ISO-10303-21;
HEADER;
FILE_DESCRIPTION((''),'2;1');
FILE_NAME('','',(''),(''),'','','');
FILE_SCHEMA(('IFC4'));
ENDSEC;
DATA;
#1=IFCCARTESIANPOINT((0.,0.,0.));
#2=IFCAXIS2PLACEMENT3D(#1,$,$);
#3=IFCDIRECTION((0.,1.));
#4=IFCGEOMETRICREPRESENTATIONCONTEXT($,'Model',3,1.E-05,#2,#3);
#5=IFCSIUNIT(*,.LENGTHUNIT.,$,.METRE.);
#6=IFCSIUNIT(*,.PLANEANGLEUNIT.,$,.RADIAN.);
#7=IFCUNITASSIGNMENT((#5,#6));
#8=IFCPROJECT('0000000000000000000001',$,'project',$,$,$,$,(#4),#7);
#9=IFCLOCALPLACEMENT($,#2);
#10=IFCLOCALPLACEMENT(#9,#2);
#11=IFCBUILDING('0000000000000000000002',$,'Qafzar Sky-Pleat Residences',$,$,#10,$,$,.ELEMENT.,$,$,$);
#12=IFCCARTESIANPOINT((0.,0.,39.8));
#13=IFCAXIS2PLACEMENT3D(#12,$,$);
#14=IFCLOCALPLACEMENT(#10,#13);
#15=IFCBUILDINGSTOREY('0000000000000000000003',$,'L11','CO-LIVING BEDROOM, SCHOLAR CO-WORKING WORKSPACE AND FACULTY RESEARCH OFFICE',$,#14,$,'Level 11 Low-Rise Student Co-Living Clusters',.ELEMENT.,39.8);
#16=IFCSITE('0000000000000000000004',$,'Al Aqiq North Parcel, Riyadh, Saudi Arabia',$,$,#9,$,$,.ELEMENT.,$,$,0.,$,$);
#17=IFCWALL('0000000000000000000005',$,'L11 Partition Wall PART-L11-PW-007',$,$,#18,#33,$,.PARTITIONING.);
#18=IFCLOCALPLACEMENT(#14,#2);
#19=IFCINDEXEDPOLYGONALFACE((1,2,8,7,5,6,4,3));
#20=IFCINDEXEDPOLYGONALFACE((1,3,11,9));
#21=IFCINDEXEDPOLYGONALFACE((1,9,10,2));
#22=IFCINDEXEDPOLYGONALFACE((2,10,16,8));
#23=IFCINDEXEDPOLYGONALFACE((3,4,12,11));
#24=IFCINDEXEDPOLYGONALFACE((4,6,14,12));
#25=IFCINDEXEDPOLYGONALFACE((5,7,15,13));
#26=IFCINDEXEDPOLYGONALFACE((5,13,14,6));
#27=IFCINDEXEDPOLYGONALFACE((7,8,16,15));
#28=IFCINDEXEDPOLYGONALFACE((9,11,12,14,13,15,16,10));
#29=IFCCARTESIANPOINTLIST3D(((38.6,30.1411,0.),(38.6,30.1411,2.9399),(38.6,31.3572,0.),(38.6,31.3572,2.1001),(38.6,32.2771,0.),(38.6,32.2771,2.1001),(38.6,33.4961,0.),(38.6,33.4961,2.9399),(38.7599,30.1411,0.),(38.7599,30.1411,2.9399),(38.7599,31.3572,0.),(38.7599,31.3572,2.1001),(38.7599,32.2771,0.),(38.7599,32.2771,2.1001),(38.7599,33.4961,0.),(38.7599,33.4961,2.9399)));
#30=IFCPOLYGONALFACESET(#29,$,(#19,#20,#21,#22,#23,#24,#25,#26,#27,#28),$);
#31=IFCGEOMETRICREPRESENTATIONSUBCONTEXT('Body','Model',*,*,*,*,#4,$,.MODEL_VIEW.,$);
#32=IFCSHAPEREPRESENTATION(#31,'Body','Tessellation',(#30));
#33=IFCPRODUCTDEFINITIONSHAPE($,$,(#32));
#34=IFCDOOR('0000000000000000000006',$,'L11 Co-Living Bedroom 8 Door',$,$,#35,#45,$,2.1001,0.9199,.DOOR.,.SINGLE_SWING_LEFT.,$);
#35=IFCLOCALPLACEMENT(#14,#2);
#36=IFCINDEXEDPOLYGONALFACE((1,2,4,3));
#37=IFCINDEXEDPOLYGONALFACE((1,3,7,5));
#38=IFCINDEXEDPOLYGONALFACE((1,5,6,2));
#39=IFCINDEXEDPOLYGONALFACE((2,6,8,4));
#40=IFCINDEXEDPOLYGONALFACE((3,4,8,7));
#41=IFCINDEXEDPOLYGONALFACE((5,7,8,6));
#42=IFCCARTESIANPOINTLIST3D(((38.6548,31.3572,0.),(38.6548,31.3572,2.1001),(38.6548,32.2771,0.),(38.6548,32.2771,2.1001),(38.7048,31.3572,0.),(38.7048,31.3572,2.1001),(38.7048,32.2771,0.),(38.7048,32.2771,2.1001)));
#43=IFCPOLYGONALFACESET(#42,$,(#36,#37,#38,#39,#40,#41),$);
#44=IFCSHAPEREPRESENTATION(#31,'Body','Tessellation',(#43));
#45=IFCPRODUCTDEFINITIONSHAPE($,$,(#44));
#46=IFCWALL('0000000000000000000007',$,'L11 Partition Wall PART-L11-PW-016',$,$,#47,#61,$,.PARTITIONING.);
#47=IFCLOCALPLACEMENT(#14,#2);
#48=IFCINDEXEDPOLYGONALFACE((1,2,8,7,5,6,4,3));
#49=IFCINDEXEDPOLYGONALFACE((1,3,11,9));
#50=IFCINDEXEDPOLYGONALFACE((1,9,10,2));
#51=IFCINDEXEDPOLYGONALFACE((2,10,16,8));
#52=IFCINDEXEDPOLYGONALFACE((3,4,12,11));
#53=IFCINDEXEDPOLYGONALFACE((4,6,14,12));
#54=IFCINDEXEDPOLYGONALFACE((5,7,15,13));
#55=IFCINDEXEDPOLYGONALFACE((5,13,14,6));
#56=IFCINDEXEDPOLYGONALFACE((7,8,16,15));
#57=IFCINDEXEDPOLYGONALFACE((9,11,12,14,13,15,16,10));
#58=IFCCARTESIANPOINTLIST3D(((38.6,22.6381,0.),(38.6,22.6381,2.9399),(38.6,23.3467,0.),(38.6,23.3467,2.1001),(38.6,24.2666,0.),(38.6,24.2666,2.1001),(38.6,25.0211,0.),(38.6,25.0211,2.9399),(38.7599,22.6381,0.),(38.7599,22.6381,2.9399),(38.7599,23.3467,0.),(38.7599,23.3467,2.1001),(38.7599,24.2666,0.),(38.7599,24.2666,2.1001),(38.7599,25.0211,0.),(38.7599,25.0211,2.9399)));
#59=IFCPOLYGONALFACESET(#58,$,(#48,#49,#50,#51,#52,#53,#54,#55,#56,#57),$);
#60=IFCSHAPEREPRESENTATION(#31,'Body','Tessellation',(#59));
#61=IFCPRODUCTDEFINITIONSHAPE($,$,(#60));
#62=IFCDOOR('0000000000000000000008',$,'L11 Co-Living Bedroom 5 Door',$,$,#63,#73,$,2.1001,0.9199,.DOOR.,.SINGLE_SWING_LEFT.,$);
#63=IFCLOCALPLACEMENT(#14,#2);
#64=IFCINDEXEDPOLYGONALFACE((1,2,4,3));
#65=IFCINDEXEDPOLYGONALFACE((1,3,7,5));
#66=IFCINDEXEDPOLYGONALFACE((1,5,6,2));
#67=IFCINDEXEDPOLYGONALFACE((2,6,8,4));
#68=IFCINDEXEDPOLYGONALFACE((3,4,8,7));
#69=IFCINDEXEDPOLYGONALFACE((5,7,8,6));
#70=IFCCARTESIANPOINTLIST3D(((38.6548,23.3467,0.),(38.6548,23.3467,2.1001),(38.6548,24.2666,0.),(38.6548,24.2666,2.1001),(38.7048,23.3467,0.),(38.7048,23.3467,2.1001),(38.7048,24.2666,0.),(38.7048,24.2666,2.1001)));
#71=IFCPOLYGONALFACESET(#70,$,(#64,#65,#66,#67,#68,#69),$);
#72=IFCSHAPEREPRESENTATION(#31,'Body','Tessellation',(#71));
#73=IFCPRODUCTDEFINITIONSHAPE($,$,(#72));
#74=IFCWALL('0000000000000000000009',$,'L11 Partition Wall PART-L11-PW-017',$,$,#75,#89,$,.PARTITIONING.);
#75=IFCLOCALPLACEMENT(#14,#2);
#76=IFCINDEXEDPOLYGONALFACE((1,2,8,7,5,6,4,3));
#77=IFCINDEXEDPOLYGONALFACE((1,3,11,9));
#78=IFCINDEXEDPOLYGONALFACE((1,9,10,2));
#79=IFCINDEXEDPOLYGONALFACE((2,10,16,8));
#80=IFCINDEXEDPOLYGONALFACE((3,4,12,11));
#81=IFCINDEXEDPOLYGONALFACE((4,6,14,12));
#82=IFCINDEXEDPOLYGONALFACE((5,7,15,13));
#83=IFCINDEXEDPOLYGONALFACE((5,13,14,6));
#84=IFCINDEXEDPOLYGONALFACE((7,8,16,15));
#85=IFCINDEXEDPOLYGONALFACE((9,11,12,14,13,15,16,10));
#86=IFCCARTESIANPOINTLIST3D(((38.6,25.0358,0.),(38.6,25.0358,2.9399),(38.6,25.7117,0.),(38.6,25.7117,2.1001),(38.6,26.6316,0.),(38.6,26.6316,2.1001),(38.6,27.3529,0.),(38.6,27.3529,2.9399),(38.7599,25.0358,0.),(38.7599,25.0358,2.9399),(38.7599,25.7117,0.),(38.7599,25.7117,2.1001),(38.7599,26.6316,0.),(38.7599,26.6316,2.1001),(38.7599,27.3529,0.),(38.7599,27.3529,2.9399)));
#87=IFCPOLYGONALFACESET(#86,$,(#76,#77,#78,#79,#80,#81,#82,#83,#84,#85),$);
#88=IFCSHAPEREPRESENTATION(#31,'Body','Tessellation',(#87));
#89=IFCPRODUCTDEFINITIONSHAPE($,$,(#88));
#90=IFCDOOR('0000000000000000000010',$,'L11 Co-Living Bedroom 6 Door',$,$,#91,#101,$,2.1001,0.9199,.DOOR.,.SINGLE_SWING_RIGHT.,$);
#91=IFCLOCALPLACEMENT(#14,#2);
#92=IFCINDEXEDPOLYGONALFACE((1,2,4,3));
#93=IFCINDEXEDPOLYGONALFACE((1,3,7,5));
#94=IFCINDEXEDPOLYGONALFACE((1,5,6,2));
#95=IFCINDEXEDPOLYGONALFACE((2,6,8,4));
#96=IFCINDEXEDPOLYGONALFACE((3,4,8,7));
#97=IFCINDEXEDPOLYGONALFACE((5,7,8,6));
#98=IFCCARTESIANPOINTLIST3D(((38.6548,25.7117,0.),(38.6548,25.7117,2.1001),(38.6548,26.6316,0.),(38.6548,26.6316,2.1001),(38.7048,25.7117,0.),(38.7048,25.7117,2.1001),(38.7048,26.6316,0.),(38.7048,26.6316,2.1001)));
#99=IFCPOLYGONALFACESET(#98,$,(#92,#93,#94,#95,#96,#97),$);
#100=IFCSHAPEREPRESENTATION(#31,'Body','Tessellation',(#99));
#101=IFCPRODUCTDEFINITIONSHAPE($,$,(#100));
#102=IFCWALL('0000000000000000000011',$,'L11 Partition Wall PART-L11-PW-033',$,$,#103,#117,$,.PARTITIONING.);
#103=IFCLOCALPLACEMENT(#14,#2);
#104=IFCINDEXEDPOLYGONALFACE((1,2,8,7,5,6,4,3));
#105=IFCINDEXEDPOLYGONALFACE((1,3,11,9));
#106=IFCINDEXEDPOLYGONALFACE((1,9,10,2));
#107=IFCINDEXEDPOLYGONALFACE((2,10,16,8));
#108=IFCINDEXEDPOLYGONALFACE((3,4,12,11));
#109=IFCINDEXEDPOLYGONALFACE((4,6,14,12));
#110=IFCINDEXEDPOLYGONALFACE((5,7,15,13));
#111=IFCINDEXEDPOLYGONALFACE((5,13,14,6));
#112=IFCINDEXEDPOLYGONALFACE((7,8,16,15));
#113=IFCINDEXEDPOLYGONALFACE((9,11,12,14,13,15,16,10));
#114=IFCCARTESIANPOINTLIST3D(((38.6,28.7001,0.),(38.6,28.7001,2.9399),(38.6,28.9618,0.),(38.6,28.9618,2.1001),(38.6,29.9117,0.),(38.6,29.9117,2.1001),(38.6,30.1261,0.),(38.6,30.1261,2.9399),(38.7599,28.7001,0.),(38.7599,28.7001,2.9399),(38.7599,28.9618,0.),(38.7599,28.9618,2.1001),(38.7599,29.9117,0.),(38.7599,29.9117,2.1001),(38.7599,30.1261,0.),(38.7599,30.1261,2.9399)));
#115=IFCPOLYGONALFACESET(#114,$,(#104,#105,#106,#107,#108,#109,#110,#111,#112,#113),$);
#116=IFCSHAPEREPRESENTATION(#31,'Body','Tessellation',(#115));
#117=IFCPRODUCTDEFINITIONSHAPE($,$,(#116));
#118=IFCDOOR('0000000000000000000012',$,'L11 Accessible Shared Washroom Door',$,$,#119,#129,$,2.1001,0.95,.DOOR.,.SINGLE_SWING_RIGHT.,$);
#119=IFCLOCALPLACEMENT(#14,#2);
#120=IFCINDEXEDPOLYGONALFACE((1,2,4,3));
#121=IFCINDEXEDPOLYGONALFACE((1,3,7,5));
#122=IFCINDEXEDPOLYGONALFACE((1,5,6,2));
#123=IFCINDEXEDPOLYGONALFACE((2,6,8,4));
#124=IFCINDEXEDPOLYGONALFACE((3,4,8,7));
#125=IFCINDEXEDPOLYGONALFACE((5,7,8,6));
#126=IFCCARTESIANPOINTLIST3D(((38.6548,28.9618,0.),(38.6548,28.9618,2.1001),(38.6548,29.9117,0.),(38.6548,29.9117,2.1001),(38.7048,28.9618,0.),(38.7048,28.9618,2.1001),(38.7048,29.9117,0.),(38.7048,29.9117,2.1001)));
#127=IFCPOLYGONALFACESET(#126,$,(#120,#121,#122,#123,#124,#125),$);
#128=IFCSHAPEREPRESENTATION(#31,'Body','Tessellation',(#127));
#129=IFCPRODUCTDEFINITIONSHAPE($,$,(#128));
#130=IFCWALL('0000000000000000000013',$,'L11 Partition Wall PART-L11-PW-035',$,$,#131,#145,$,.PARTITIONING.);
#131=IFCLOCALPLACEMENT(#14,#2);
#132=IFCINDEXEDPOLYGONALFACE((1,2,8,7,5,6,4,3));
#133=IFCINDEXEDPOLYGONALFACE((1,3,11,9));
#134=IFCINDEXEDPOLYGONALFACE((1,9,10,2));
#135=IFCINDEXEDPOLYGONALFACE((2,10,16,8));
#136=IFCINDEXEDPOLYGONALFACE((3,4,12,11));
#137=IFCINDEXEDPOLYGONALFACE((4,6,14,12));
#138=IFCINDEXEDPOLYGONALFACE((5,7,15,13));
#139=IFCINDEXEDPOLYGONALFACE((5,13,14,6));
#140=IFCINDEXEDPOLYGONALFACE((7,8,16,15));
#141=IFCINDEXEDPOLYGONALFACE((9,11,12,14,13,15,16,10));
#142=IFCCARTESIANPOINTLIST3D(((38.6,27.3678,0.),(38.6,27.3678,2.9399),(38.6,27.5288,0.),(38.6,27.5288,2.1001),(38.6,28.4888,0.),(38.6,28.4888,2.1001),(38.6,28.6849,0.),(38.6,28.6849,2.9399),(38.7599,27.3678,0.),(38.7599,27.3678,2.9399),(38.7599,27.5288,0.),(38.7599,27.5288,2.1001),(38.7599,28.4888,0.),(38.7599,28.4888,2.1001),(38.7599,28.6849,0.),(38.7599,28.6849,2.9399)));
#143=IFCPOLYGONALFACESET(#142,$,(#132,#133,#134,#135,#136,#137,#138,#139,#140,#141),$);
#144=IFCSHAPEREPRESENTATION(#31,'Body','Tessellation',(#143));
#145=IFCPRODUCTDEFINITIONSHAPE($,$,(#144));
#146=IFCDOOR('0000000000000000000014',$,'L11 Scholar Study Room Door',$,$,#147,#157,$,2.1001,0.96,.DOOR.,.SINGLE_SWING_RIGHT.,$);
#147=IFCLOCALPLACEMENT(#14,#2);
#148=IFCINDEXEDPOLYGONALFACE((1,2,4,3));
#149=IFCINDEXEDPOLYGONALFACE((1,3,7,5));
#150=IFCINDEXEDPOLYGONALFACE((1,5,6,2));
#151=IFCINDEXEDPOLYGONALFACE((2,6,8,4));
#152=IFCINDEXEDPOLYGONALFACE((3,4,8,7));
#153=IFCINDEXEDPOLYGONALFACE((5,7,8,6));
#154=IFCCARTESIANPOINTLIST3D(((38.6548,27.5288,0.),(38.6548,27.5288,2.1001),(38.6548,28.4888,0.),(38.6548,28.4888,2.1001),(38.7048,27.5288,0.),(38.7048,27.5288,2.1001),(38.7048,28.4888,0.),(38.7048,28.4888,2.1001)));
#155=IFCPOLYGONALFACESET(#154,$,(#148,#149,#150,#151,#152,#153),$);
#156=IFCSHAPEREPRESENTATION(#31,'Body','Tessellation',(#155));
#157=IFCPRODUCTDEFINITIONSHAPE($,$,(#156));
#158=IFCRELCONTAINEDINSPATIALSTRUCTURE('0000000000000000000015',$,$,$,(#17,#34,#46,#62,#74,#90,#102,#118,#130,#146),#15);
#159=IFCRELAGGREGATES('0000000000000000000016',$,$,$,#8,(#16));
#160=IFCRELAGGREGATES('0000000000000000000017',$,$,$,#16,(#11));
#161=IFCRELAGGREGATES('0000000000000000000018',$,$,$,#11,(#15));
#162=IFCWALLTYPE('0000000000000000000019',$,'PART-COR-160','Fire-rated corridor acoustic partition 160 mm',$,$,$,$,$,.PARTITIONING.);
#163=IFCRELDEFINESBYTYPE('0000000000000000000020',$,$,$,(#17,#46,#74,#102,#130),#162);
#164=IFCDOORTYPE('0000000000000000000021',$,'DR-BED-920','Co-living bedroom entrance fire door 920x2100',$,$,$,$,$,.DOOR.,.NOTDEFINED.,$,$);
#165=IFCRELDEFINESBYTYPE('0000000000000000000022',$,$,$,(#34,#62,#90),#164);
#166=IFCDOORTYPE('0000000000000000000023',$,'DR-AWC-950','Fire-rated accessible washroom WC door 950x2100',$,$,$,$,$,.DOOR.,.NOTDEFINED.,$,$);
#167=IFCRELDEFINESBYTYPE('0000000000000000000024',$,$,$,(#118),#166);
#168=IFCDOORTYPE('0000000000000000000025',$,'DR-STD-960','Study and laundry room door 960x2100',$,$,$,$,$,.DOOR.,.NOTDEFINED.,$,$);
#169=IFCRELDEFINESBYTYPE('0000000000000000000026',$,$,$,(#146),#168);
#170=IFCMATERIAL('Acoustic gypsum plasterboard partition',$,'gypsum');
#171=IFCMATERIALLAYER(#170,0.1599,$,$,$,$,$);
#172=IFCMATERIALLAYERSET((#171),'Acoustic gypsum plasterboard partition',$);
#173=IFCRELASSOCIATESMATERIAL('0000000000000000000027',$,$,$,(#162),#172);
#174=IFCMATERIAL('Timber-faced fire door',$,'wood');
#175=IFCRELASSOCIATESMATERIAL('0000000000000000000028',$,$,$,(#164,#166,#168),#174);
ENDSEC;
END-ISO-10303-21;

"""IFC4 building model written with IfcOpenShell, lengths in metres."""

from ifc_helpers import new_model, si_unit, direction, frame, frame_2d, origin, place, context, subcontext, project, spatial, rectangle, extrude, source, transform, mapped, material, layer, layer_set, type_object, element, fill, save


model = new_model("IFC4")

# Units and contexts
model_context = context("Model", 3, precision=1e-05, world=origin(), true_north=direction((0.0, 1.0)))
body_context = subcontext(model_context, "Body", "Model", "MODEL_VIEW")
ifc_project = project(units=[si_unit("LENGTHUNIT", "METRE"), si_unit("PLANEANGLEUNIT", "RADIAN")], contexts=[model_context])

# Site, building, storey
site_placement = place(None, origin())
site = spatial("IfcSite", under=ifc_project, at=site_placement, Name="Al Aqiq North Parcel, Riyadh, Saudi Arabia", CompositionType="ELEMENT", RefElevation=0.0)
building_placement = place(site_placement, origin())
building = spatial("IfcBuilding", under=site, at=building_placement, Name="Qafzar Sky-Pleat Residences", CompositionType="ELEMENT")
storey_placement = place(building_placement, frame((0.0, 0.0, 39.8)))
storey = spatial("IfcBuildingStorey", under=building, at=storey_placement, Name="L11", Description="CO-LIVING BEDROOM, SCHOLAR CO-WORKING WORKSPACE AND FACULTY RESEARCH OFFICE", LongName="Level 11 Low-Rise Student Co-Living Clusters", CompositionType="ELEMENT", Elevation=39.8)

# Walls, openings, doors
ifc_material_1 = material(Name="Acoustic gypsum plasterboard partition", Category="gypsum")
ifc_layer_1 = layer(ifc_material_1, 0.1599)
ifc_layer_set_1 = layer_set([ifc_layer_1], Name="Acoustic gypsum plasterboard partition")
wall_type_1 = type_object("IfcWallType", Name="PART-COR-160", Description="Fire-rated corridor acoustic partition 160 mm", PredefinedType="PARTITIONING", material=ifc_layer_set_1)
wall_1_placement = place(storey_placement, frame((38.6799, 33.4961, 0.0), z_axis=(0.0, 0.0, 1.0), x_axis=(0.0, -1.0, 0.0)))
wall_1 = element("IfcWall", 1, at=wall_1_placement, inside=storey, type_object=wall_type_1, Name="L11 Partition Wall PART-L11-PW-007", PredefinedType="PARTITIONING", context=body_context, shape_type="SweptSolid", body=[
    extrude(rectangle(XDim=3.355, YDim=0.1599, at=frame_2d((1.6775, 0.0))), origin(), (0.0, 0.0, 1.0), 2.9399),
])
opening_1_placement = place(wall_1_placement, frame((1.219, 0.0, 0.0)))
opening_1 = element("IfcOpeningElement", 2, at=opening_1_placement, cuts=wall_1, PredefinedType="OPENING", context=body_context, shape_type="SweptSolid", body=[
    extrude(rectangle(XDim=0.9199, YDim=2.1001, at=frame_2d((0.46, 1.05))), frame((0.0, 0.0898, 0.0), z_axis=(0.0, -1.0, 0.0), x_axis=(1.0, 0.0, 0.0)), (0.0, 0.0, 1.0), 0.1799),
])
ifc_material_2 = material(Name="Timber-faced fire door", Category="wood")
door_type_1 = type_object("IfcDoorType", Name="DR-BED-920", Description="Co-living bedroom entrance fire door 920x2100", OperationType="NOTDEFINED", PredefinedType="DOOR", material=ifc_material_2)
shared_shape_1 = source(origin(), body_context, "Body", "SweptSolid", [
    extrude(rectangle(XDim=0.9199, YDim=2.1001, at=frame_2d((0.46, 1.05))), frame((0.0, 0.0249, 0.0), z_axis=(0.0, -1.0, 0.0), x_axis=(1.0, 0.0, 0.0)), (0.0, 0.0, 1.0), 0.05),
])
door_1_placement = place(opening_1_placement, origin())
door_1 = element("IfcDoor", 3, at=door_1_placement, inside=storey, type_object=door_type_1, Name="L11 Co-Living Bedroom 8 Door", OperationType="SINGLE_SWING_LEFT", OverallHeight=2.1001, OverallWidth=0.9199, PredefinedType="DOOR", context=body_context, shape_type="MappedRepresentation", body=[
    mapped(shared_shape_1, transform((0.0, 0.0, 0.0), x_axis=(1.0, 0.0, 0.0), y_axis=(0.0, 1.0, 0.0), z_axis=(0.0, 0.0, 1.0), scale=1.0)),
])
fill(opening_1, door_1)
wall_2_placement = place(storey_placement, frame((38.6799, 25.021, 0.0), z_axis=(0.0, 0.0, 1.0), x_axis=(0.0, -1.0, 0.0)))
wall_2 = element("IfcWall", 4, at=wall_2_placement, inside=storey, type_object=wall_type_1, Name="L11 Partition Wall PART-L11-PW-016", PredefinedType="PARTITIONING", context=body_context, shape_type="SweptSolid", body=[
    extrude(rectangle(XDim=2.3831, YDim=0.1599, at=frame_2d((1.1914, 0.0))), origin(), (0.0, 0.0, 1.0), 2.9399),
])
opening_2_placement = place(wall_2_placement, frame((0.7544, 0.0, 0.0)))
opening_2 = element("IfcOpeningElement", 5, at=opening_2_placement, cuts=wall_2, PredefinedType="OPENING", context=body_context, shape_type="SweptSolid", body=[
    extrude(rectangle(XDim=0.9199, YDim=2.1001, at=frame_2d((0.46, 1.05))), frame((0.0, 0.0898, 0.0), z_axis=(0.0, -1.0, 0.0), x_axis=(1.0, 0.0, 0.0)), (0.0, 0.0, 1.0), 0.1799),
])
door_2_placement = place(opening_2_placement, origin())
door_2 = element("IfcDoor", 6, at=door_2_placement, inside=storey, type_object=door_type_1, Name="L11 Co-Living Bedroom 5 Door", OperationType="SINGLE_SWING_LEFT", OverallHeight=2.1001, OverallWidth=0.9199, PredefinedType="DOOR", context=body_context, shape_type="MappedRepresentation", body=[
    mapped(shared_shape_1, transform((0.0, 0.0, 0.0), x_axis=(1.0, 0.0, 0.0), y_axis=(0.0, 1.0, 0.0), z_axis=(0.0, 0.0, 1.0), scale=1.0)),
])
fill(opening_2, door_2)
wall_3_placement = place(storey_placement, frame((38.6799, 27.353, 0.0), z_axis=(0.0, 0.0, 1.0), x_axis=(0.0, -1.0, 0.0)))
wall_3 = element("IfcWall", 7, at=wall_3_placement, inside=storey, type_object=wall_type_1, Name="L11 Partition Wall PART-L11-PW-017", PredefinedType="PARTITIONING", context=body_context, shape_type="SweptSolid", body=[
    extrude(rectangle(XDim=2.3171, YDim=0.1599, at=frame_2d((1.1587, 0.0))), origin(), (0.0, 0.0, 1.0), 2.9399),
])
opening_3_placement = place(wall_3_placement, frame((0.7214, 0.0, 0.0)))
opening_3 = element("IfcOpeningElement", 8, at=opening_3_placement, cuts=wall_3, PredefinedType="OPENING", context=body_context, shape_type="SweptSolid", body=[
    extrude(rectangle(XDim=0.9199, YDim=2.1001, at=frame_2d((0.46, 1.05))), frame((0.0, 0.0898, 0.0), z_axis=(0.0, -1.0, 0.0), x_axis=(1.0, 0.0, 0.0)), (0.0, 0.0, 1.0), 0.1799),
])
door_3_placement = place(opening_3_placement, origin())
door_3 = element("IfcDoor", 9, at=door_3_placement, inside=storey, type_object=door_type_1, Name="L11 Co-Living Bedroom 6 Door", OperationType="SINGLE_SWING_RIGHT", OverallHeight=2.1001, OverallWidth=0.9199, PredefinedType="DOOR", context=body_context, shape_type="MappedRepresentation", body=[
    mapped(shared_shape_1, transform((0.0, 0.0, 0.0), x_axis=(1.0, 0.0, 0.0), y_axis=(0.0, 1.0, 0.0), z_axis=(0.0, 0.0, 1.0), scale=1.0)),
])
fill(opening_3, door_3)
wall_4_placement = place(storey_placement, frame((38.6799, 30.126, 0.0), z_axis=(0.0, 0.0, 1.0), x_axis=(0.0, -1.0, 0.0)))
wall_4 = element("IfcWall", 10, at=wall_4_placement, inside=storey, type_object=wall_type_1, Name="L11 Partition Wall PART-L11-PW-033", PredefinedType="PARTITIONING", context=body_context, shape_type="SweptSolid", body=[
    extrude(rectangle(XDim=1.426, YDim=0.1599, at=frame_2d((0.7129, 0.0))), origin(), (0.0, 0.0, 1.0), 2.9399),
])
opening_4_placement = place(wall_4_placement, frame((0.2141, 0.0, 0.0)))
opening_4 = element("IfcOpeningElement", 11, at=opening_4_placement, cuts=wall_4, PredefinedType="OPENING", context=body_context, shape_type="SweptSolid", body=[
    extrude(rectangle(XDim=0.95, YDim=2.1001, at=frame_2d((0.4751, 1.05))), frame((0.0, 0.0898, 0.0), z_axis=(0.0, -1.0, 0.0), x_axis=(1.0, 0.0, 0.0)), (0.0, 0.0, 1.0), 0.1799),
])
door_type_2 = type_object("IfcDoorType", Name="DR-AWC-950", Description="Fire-rated accessible washroom WC door 950x2100", OperationType="NOTDEFINED", PredefinedType="DOOR", material=ifc_material_2)
shared_shape_2 = source(origin(), body_context, "Body", "SweptSolid", [
    extrude(rectangle(XDim=0.95, YDim=2.1001, at=frame_2d((0.4751, 1.05))), frame((0.0, 0.0249, 0.0), z_axis=(0.0, -1.0, 0.0), x_axis=(1.0, 0.0, 0.0)), (0.0, 0.0, 1.0), 0.05),
])
door_4_placement = place(opening_4_placement, origin())
door_4 = element("IfcDoor", 12, at=door_4_placement, inside=storey, type_object=door_type_2, Name="L11 Accessible Shared Washroom Door", OperationType="SINGLE_SWING_RIGHT", OverallHeight=2.1001, OverallWidth=0.95, PredefinedType="DOOR", context=body_context, shape_type="MappedRepresentation", body=[
    mapped(shared_shape_2, transform((0.0, 0.0, 0.0), x_axis=(1.0, 0.0, 0.0), y_axis=(0.0, 1.0, 0.0), z_axis=(0.0, 0.0, 1.0), scale=1.0)),
])
fill(opening_4, door_4)
wall_5_placement = place(storey_placement, frame((38.6799, 28.6851, 0.0), z_axis=(0.0, 0.0, 1.0), x_axis=(0.0, -1.0, 0.0)))
wall_5 = element("IfcWall", 13, at=wall_5_placement, inside=storey, type_object=wall_type_1, Name="L11 Partition Wall PART-L11-PW-035", PredefinedType="PARTITIONING", context=body_context, shape_type="SweptSolid", body=[
    extrude(rectangle(XDim=1.3171, YDim=0.1599, at=frame_2d((0.6587, 0.0))), origin(), (0.0, 0.0, 1.0), 2.9399),
])
opening_5_placement = place(wall_5_placement, frame((0.1963, 0.0, 0.0)))
opening_5 = element("IfcOpeningElement", 14, at=opening_5_placement, cuts=wall_5, PredefinedType="OPENING", context=body_context, shape_type="SweptSolid", body=[
    extrude(rectangle(XDim=0.96, YDim=2.1001, at=frame_2d((0.48, 1.05))), frame((0.0, 0.0898, 0.0), z_axis=(0.0, -1.0, 0.0), x_axis=(1.0, 0.0, 0.0)), (0.0, 0.0, 1.0), 0.1799),
])
door_type_3 = type_object("IfcDoorType", Name="DR-STD-960", Description="Study and laundry room door 960x2100", OperationType="NOTDEFINED", PredefinedType="DOOR", material=ifc_material_2)
shared_shape_3 = source(origin(), body_context, "Body", "SweptSolid", [
    extrude(rectangle(XDim=0.96, YDim=2.1001, at=frame_2d((0.48, 1.05))), frame((0.0, 0.0249, 0.0), z_axis=(0.0, -1.0, 0.0), x_axis=(1.0, 0.0, 0.0)), (0.0, 0.0, 1.0), 0.05),
])
door_5_placement = place(opening_5_placement, origin())
door_5 = element("IfcDoor", 15, at=door_5_placement, inside=storey, type_object=door_type_3, Name="L11 Scholar Study Room Door", OperationType="SINGLE_SWING_RIGHT", OverallHeight=2.1001, OverallWidth=0.96, PredefinedType="DOOR", context=body_context, shape_type="MappedRepresentation", body=[
    mapped(shared_shape_3, transform((0.0, 0.0, 0.0), x_axis=(1.0, 0.0, 0.0), y_axis=(0.0, 1.0, 0.0), z_axis=(0.0, 0.0, 1.0), scale=1.0)),
])
fill(opening_5, door_5)

save(model, "model.ifc")
